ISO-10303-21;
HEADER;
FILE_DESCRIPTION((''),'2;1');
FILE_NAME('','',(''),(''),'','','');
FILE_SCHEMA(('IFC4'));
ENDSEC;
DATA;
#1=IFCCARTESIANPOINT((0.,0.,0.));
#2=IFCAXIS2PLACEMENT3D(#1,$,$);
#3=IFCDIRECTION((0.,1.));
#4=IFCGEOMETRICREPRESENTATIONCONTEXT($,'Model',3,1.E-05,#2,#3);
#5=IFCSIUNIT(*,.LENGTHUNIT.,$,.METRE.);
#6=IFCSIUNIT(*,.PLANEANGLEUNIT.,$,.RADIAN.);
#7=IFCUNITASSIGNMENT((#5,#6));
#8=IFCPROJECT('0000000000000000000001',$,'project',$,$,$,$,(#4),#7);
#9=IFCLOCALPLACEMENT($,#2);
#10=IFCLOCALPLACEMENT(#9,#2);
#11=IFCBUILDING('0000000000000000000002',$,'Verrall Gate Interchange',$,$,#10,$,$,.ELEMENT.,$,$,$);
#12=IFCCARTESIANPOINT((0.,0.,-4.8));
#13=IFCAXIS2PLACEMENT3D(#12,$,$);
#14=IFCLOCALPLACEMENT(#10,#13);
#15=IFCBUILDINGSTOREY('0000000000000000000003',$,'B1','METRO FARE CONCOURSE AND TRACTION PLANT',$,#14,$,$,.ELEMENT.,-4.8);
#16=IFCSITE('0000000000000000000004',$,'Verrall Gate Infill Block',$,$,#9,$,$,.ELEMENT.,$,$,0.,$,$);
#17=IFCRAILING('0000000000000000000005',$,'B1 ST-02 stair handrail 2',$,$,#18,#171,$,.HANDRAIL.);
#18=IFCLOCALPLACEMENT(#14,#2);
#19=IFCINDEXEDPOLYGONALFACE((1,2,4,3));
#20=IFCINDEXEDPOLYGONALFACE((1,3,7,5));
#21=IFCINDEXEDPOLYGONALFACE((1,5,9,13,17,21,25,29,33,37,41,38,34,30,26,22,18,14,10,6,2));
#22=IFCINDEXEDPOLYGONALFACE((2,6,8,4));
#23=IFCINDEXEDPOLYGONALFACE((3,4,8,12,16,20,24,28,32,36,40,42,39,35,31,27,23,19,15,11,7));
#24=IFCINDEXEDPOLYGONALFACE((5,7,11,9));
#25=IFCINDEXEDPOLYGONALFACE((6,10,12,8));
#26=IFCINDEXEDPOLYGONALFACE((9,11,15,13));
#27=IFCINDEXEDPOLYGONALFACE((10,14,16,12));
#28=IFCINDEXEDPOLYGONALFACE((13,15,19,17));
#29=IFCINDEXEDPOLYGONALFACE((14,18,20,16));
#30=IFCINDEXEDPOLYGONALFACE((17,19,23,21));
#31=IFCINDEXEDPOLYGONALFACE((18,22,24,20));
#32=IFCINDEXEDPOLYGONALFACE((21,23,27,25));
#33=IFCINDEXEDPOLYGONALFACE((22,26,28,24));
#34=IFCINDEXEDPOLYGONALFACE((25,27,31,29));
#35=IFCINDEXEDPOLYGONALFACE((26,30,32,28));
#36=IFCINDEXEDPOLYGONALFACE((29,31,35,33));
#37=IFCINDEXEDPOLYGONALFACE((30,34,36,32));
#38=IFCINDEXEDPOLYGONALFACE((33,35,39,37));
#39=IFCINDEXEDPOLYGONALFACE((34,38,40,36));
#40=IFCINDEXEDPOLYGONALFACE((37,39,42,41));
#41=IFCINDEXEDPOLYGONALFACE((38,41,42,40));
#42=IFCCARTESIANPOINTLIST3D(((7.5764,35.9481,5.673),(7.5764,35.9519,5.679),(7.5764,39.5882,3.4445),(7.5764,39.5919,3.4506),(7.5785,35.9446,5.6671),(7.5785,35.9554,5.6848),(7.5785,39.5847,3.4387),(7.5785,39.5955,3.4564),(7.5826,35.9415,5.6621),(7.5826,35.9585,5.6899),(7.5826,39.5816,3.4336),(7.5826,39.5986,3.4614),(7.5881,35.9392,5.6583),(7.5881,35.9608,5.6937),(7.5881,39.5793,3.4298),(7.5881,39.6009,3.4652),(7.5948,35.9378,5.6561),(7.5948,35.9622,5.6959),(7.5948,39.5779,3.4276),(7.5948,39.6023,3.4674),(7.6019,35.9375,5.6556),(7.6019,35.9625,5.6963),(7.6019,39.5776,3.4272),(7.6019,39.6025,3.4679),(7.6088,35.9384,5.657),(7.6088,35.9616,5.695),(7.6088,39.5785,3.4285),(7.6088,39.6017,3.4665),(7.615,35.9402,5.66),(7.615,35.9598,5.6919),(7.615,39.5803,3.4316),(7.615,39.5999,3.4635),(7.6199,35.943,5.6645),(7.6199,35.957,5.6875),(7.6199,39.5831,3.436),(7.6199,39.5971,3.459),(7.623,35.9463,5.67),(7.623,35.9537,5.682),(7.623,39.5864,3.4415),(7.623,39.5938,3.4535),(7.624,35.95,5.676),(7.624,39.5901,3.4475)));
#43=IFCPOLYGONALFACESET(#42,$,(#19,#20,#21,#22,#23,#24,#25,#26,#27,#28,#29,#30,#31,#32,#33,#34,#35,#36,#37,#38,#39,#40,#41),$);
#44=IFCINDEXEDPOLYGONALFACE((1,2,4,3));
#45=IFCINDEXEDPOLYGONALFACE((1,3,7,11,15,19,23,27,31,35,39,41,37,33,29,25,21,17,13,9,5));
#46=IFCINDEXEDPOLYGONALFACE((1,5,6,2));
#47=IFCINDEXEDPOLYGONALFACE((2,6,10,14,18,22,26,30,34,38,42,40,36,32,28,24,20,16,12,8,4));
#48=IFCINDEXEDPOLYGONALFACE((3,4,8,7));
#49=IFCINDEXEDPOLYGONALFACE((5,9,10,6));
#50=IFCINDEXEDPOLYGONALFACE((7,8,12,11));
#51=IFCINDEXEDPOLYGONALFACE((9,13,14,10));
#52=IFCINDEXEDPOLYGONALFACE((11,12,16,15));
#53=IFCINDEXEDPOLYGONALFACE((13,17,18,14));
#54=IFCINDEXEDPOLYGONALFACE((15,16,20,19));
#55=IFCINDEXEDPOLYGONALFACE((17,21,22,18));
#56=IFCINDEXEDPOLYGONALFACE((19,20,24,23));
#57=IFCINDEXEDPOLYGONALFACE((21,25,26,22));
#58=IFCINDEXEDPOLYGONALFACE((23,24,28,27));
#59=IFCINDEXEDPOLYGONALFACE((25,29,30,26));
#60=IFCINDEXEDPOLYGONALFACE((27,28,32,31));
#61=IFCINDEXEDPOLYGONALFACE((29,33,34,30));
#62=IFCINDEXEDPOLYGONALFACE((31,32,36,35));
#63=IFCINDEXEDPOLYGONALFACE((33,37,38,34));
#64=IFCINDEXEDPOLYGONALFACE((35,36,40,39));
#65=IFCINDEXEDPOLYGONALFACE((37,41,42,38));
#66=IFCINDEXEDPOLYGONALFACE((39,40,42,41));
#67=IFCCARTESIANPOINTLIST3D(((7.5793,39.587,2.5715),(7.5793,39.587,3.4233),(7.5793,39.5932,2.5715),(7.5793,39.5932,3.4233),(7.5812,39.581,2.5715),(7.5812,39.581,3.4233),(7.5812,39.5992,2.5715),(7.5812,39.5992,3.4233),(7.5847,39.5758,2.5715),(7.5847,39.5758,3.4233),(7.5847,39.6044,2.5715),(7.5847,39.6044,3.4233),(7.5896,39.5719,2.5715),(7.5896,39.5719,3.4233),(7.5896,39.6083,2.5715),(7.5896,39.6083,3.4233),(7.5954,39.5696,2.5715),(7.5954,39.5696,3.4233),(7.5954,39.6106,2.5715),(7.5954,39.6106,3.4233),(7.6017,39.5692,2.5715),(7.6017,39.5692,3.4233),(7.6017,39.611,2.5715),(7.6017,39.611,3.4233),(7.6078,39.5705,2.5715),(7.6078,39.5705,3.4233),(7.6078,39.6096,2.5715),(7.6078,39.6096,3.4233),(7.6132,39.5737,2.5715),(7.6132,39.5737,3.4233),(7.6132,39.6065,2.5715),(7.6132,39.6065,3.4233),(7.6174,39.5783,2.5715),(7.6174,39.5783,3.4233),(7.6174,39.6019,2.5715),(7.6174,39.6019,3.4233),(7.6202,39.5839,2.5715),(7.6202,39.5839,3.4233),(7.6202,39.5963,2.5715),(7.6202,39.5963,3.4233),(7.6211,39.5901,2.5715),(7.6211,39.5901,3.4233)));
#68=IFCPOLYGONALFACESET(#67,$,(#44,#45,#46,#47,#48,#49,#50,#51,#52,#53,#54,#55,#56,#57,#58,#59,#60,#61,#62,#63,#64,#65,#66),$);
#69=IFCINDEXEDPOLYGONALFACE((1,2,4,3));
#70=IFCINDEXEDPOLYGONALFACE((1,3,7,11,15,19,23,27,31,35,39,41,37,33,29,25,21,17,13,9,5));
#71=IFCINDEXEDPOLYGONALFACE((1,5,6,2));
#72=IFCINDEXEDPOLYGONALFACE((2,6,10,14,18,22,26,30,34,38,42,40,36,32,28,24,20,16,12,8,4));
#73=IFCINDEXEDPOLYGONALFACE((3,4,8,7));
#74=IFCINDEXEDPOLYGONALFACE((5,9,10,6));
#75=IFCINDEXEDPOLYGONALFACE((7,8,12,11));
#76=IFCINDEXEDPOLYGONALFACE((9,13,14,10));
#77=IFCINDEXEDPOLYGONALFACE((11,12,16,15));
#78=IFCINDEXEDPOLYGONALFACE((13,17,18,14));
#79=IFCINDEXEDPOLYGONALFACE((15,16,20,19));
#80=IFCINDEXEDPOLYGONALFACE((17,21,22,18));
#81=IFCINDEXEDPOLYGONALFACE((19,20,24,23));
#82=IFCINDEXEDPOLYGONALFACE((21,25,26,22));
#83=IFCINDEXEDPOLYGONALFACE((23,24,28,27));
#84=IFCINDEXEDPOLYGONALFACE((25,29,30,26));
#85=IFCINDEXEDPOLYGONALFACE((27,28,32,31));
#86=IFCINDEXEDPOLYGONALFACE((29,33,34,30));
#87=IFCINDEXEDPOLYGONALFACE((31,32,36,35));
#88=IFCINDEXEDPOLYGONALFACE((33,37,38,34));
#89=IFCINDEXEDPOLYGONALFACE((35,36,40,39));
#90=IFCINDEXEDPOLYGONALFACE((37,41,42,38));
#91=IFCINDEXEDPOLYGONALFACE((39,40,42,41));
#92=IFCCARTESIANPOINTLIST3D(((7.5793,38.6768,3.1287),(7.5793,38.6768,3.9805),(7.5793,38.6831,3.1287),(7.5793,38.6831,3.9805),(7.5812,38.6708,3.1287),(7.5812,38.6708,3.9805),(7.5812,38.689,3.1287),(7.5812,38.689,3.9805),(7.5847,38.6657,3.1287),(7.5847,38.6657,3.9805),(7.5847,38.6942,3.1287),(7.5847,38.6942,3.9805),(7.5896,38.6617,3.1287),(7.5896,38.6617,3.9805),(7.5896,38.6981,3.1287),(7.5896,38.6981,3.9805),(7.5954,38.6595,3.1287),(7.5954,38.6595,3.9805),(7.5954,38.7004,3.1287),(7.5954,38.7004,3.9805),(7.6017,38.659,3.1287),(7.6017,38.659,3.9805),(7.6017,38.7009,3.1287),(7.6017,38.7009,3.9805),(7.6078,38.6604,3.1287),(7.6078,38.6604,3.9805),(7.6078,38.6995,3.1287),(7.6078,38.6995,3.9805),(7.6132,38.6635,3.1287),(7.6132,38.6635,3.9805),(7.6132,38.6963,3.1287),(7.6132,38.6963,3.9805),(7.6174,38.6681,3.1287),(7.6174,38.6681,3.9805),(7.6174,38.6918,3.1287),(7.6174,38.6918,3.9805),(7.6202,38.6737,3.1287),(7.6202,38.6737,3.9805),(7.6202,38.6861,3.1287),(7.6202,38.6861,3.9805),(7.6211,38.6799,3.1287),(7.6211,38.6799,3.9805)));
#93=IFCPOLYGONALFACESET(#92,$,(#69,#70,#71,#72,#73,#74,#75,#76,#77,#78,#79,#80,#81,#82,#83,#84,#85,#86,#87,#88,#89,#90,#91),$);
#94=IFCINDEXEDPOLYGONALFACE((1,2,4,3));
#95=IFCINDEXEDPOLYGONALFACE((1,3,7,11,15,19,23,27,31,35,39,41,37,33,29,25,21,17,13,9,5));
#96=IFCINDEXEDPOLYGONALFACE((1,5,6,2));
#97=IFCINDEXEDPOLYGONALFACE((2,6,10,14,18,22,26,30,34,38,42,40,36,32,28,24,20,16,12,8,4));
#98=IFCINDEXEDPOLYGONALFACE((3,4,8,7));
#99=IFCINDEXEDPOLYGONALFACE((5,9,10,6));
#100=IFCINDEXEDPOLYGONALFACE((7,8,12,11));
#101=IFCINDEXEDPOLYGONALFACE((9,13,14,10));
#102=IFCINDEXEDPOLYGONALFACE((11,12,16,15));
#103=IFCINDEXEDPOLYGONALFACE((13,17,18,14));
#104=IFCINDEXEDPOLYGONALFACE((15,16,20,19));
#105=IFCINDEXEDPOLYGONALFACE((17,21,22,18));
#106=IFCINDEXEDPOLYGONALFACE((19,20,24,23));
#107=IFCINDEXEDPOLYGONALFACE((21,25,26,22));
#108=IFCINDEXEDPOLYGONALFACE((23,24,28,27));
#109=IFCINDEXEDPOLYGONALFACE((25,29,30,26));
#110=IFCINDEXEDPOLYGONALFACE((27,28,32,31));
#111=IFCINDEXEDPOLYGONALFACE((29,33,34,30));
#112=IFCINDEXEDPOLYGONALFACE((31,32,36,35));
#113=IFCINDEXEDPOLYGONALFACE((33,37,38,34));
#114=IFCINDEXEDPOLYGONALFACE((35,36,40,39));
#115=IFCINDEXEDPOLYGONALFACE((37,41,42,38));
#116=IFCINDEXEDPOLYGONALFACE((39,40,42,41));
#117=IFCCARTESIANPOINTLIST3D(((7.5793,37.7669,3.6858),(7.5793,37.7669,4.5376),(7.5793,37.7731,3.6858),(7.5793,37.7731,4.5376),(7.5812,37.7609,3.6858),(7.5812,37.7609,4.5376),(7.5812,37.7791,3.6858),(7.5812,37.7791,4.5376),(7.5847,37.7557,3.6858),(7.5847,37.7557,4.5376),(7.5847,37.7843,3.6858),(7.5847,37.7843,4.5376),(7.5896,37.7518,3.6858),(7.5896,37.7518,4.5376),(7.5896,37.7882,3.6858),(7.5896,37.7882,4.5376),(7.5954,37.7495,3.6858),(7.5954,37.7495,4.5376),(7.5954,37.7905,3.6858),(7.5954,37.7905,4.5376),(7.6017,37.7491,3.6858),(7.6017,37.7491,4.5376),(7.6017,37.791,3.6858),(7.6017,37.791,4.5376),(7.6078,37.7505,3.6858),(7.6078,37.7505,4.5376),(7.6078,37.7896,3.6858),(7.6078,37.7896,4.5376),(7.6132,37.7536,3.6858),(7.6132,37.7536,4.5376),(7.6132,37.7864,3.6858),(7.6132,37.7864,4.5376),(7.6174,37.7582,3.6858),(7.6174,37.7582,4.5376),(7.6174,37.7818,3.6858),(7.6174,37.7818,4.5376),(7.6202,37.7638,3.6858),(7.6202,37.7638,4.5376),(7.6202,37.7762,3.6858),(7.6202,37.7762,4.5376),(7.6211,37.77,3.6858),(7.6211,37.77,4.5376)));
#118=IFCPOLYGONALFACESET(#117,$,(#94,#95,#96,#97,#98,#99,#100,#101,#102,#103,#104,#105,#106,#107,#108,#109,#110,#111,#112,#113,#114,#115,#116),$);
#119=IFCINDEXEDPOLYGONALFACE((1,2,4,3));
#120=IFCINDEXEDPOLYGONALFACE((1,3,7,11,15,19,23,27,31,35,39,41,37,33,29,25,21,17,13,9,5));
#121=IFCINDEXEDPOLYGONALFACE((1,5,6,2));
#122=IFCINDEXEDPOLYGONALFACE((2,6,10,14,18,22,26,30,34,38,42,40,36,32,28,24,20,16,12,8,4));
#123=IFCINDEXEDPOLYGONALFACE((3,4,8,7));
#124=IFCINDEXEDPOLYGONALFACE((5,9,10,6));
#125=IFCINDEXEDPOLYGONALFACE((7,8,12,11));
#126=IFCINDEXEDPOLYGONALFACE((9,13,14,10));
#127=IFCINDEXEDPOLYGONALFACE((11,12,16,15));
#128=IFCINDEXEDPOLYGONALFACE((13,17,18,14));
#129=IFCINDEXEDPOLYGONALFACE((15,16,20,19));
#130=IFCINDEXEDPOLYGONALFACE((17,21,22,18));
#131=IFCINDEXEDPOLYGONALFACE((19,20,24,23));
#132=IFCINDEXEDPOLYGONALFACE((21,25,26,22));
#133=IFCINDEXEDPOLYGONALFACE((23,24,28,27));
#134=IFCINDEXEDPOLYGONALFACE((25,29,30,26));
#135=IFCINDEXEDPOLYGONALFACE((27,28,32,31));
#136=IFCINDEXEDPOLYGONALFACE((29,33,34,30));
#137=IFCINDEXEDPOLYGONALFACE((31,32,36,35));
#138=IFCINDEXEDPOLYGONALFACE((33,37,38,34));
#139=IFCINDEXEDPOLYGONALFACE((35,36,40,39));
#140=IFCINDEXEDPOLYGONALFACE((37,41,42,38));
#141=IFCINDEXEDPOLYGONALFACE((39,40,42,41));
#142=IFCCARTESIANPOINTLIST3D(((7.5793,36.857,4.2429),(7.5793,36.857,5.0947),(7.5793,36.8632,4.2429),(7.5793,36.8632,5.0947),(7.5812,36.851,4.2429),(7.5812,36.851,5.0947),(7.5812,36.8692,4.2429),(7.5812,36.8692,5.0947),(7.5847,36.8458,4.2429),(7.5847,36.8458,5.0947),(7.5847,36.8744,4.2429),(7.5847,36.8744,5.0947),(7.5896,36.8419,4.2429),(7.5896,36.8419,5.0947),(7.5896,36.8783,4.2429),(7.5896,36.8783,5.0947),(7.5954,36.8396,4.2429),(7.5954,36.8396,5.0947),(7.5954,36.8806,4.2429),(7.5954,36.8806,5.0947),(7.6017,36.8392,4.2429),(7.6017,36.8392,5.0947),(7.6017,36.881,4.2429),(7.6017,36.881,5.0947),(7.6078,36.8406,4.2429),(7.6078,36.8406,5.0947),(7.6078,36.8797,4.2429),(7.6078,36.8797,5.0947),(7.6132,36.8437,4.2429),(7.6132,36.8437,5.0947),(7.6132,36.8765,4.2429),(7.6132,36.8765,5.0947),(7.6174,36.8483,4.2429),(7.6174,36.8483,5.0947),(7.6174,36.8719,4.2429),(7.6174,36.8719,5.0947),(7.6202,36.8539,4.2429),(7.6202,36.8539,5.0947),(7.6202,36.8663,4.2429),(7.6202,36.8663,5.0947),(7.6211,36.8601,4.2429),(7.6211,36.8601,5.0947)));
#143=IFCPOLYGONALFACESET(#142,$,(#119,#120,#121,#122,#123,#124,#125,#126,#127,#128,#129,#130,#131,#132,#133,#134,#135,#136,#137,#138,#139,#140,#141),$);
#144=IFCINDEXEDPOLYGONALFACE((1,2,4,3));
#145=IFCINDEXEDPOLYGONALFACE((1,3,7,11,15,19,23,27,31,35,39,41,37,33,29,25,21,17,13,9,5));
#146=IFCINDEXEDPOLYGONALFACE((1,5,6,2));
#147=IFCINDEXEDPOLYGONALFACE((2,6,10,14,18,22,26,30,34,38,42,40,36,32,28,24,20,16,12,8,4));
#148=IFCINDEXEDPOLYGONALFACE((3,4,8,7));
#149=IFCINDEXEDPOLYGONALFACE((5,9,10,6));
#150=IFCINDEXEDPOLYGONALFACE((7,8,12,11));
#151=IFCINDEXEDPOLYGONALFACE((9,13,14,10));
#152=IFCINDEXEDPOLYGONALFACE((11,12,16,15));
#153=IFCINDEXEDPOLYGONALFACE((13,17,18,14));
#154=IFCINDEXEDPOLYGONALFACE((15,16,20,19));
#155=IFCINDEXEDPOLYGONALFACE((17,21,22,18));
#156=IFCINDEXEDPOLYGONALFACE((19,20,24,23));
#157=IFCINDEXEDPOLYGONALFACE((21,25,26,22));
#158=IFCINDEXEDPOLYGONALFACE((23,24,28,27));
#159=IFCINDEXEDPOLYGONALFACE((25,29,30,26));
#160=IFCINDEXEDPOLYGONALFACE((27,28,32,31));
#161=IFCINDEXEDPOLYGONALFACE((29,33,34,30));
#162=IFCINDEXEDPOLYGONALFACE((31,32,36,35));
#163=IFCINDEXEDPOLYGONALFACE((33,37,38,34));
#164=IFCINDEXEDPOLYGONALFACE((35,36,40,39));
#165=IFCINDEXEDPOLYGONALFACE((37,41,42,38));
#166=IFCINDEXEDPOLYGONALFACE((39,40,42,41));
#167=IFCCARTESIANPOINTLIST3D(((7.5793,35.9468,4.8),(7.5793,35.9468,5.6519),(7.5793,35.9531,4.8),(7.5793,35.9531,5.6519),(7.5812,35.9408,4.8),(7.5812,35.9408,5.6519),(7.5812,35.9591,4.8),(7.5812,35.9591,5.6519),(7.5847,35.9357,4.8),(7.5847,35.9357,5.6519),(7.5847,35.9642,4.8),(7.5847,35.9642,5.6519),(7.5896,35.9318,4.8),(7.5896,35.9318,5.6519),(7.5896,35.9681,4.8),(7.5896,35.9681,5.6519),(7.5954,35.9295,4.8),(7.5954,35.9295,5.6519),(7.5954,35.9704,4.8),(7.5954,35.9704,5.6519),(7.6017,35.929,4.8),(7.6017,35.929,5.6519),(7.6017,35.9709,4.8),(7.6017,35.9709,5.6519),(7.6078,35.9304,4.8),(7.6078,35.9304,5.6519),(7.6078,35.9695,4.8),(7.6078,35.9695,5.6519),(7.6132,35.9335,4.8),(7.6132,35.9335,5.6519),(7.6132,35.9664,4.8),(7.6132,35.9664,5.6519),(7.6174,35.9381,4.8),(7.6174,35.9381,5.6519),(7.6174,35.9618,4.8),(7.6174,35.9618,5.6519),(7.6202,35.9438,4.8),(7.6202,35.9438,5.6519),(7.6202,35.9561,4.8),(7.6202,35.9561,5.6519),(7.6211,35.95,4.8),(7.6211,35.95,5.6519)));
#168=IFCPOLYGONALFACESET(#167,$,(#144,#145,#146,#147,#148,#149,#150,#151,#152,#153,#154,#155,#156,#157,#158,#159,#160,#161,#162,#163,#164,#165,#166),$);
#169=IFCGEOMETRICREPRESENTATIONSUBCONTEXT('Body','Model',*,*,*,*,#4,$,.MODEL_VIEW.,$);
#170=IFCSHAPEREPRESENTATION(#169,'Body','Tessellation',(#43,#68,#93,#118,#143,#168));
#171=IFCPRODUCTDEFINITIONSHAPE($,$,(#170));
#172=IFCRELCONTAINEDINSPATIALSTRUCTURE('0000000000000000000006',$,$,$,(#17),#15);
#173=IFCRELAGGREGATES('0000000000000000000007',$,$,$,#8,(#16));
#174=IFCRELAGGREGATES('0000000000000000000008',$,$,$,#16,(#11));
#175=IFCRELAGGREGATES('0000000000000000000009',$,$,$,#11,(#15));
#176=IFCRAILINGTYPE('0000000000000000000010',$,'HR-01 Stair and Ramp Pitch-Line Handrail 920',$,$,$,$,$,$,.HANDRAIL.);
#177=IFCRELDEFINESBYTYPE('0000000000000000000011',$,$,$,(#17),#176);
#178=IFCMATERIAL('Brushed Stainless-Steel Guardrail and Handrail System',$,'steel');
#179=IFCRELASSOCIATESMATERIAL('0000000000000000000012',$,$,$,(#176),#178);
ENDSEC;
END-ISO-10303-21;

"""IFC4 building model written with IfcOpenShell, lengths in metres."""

from ifc_helpers import new_model, si_unit, direction, frame, origin, origin_2d, place, context, subcontext, project, spatial, circle, extrude, material, type_object, element, save


model = new_model("IFC4")

# Units and contexts
model_context = context("Model", 3, precision=1e-05, world=origin(), true_north=direction((0.0, 1.0)))
body_context = subcontext(model_context, "Body", "Model", "MODEL_VIEW")
ifc_project = project(units=[si_unit("LENGTHUNIT", "METRE"), si_unit("PLANEANGLEUNIT", "RADIAN")], contexts=[model_context])

# Site, building, storey
site_placement = place(None, origin())
site = spatial("IfcSite", under=ifc_project, at=site_placement, Name="Verrall Gate Infill Block", CompositionType="ELEMENT", RefElevation=0.0)
building_placement = place(site_placement, origin())
building = spatial("IfcBuilding", under=site, at=building_placement, Name="Verrall Gate Interchange", CompositionType="ELEMENT")
storey_placement = place(building_placement, frame((0.0, 0.0, -4.8)))
storey = spatial("IfcBuildingStorey", under=building, at=storey_placement, Name="B1", Description="METRO FARE CONCOURSE AND TRACTION PLANT", CompositionType="ELEMENT", Elevation=-4.8)

# Railing
ifc_material_1 = material(Name="Brushed Stainless-Steel Guardrail and Handrail System", Category="steel")
railing_type_1 = type_object("IfcRailingType", Name="HR-01 Stair and Ramp Pitch-Line Handrail 920", PredefinedType="HANDRAIL", material=ifc_material_1)
railing_1_placement = place(storey_placement, frame((7.6001, 39.5901, 2.5715)))
element("IfcRailing", 1, at=railing_1_placement, inside=storey, type_object=railing_type_1, Name="B1 ST-02 stair handrail 2", PredefinedType="HANDRAIL", context=body_context, shape_type="SweptSolid", body=[
    extrude(circle(Radius=0.0239, at=origin_2d()), frame((0.0, 0.0, 0.876), z_axis=(0.0, -0.852866, 0.52213), x_axis=(1.0, 0.0, 0.0)), (0.0, 0.0, 1.0), 4.2681),
    extrude(circle(Radius=0.021, at=origin_2d()), origin(), (0.0, 0.0, 1.0), 0.8518),
    extrude(circle(Radius=0.021, at=origin_2d()), frame((0.0, -0.9102, 0.5571)), (0.0, 0.0, 1.0), 0.8518),
    extrude(circle(Radius=0.021, at=origin_2d()), frame((0.0, -1.8201, 1.1143)), (0.0, 0.0, 1.0), 0.8518),
    extrude(circle(Radius=0.021, at=origin_2d()), frame((0.0, -2.73, 1.6714)), (0.0, 0.0, 1.0), 0.8518),
    extrude(circle(Radius=0.021, at=origin_2d()), frame((0.0, -3.6401, 2.2285)), (0.0, 0.0, 1.0), 0.8518),
])

save(model, "model.ifc")
